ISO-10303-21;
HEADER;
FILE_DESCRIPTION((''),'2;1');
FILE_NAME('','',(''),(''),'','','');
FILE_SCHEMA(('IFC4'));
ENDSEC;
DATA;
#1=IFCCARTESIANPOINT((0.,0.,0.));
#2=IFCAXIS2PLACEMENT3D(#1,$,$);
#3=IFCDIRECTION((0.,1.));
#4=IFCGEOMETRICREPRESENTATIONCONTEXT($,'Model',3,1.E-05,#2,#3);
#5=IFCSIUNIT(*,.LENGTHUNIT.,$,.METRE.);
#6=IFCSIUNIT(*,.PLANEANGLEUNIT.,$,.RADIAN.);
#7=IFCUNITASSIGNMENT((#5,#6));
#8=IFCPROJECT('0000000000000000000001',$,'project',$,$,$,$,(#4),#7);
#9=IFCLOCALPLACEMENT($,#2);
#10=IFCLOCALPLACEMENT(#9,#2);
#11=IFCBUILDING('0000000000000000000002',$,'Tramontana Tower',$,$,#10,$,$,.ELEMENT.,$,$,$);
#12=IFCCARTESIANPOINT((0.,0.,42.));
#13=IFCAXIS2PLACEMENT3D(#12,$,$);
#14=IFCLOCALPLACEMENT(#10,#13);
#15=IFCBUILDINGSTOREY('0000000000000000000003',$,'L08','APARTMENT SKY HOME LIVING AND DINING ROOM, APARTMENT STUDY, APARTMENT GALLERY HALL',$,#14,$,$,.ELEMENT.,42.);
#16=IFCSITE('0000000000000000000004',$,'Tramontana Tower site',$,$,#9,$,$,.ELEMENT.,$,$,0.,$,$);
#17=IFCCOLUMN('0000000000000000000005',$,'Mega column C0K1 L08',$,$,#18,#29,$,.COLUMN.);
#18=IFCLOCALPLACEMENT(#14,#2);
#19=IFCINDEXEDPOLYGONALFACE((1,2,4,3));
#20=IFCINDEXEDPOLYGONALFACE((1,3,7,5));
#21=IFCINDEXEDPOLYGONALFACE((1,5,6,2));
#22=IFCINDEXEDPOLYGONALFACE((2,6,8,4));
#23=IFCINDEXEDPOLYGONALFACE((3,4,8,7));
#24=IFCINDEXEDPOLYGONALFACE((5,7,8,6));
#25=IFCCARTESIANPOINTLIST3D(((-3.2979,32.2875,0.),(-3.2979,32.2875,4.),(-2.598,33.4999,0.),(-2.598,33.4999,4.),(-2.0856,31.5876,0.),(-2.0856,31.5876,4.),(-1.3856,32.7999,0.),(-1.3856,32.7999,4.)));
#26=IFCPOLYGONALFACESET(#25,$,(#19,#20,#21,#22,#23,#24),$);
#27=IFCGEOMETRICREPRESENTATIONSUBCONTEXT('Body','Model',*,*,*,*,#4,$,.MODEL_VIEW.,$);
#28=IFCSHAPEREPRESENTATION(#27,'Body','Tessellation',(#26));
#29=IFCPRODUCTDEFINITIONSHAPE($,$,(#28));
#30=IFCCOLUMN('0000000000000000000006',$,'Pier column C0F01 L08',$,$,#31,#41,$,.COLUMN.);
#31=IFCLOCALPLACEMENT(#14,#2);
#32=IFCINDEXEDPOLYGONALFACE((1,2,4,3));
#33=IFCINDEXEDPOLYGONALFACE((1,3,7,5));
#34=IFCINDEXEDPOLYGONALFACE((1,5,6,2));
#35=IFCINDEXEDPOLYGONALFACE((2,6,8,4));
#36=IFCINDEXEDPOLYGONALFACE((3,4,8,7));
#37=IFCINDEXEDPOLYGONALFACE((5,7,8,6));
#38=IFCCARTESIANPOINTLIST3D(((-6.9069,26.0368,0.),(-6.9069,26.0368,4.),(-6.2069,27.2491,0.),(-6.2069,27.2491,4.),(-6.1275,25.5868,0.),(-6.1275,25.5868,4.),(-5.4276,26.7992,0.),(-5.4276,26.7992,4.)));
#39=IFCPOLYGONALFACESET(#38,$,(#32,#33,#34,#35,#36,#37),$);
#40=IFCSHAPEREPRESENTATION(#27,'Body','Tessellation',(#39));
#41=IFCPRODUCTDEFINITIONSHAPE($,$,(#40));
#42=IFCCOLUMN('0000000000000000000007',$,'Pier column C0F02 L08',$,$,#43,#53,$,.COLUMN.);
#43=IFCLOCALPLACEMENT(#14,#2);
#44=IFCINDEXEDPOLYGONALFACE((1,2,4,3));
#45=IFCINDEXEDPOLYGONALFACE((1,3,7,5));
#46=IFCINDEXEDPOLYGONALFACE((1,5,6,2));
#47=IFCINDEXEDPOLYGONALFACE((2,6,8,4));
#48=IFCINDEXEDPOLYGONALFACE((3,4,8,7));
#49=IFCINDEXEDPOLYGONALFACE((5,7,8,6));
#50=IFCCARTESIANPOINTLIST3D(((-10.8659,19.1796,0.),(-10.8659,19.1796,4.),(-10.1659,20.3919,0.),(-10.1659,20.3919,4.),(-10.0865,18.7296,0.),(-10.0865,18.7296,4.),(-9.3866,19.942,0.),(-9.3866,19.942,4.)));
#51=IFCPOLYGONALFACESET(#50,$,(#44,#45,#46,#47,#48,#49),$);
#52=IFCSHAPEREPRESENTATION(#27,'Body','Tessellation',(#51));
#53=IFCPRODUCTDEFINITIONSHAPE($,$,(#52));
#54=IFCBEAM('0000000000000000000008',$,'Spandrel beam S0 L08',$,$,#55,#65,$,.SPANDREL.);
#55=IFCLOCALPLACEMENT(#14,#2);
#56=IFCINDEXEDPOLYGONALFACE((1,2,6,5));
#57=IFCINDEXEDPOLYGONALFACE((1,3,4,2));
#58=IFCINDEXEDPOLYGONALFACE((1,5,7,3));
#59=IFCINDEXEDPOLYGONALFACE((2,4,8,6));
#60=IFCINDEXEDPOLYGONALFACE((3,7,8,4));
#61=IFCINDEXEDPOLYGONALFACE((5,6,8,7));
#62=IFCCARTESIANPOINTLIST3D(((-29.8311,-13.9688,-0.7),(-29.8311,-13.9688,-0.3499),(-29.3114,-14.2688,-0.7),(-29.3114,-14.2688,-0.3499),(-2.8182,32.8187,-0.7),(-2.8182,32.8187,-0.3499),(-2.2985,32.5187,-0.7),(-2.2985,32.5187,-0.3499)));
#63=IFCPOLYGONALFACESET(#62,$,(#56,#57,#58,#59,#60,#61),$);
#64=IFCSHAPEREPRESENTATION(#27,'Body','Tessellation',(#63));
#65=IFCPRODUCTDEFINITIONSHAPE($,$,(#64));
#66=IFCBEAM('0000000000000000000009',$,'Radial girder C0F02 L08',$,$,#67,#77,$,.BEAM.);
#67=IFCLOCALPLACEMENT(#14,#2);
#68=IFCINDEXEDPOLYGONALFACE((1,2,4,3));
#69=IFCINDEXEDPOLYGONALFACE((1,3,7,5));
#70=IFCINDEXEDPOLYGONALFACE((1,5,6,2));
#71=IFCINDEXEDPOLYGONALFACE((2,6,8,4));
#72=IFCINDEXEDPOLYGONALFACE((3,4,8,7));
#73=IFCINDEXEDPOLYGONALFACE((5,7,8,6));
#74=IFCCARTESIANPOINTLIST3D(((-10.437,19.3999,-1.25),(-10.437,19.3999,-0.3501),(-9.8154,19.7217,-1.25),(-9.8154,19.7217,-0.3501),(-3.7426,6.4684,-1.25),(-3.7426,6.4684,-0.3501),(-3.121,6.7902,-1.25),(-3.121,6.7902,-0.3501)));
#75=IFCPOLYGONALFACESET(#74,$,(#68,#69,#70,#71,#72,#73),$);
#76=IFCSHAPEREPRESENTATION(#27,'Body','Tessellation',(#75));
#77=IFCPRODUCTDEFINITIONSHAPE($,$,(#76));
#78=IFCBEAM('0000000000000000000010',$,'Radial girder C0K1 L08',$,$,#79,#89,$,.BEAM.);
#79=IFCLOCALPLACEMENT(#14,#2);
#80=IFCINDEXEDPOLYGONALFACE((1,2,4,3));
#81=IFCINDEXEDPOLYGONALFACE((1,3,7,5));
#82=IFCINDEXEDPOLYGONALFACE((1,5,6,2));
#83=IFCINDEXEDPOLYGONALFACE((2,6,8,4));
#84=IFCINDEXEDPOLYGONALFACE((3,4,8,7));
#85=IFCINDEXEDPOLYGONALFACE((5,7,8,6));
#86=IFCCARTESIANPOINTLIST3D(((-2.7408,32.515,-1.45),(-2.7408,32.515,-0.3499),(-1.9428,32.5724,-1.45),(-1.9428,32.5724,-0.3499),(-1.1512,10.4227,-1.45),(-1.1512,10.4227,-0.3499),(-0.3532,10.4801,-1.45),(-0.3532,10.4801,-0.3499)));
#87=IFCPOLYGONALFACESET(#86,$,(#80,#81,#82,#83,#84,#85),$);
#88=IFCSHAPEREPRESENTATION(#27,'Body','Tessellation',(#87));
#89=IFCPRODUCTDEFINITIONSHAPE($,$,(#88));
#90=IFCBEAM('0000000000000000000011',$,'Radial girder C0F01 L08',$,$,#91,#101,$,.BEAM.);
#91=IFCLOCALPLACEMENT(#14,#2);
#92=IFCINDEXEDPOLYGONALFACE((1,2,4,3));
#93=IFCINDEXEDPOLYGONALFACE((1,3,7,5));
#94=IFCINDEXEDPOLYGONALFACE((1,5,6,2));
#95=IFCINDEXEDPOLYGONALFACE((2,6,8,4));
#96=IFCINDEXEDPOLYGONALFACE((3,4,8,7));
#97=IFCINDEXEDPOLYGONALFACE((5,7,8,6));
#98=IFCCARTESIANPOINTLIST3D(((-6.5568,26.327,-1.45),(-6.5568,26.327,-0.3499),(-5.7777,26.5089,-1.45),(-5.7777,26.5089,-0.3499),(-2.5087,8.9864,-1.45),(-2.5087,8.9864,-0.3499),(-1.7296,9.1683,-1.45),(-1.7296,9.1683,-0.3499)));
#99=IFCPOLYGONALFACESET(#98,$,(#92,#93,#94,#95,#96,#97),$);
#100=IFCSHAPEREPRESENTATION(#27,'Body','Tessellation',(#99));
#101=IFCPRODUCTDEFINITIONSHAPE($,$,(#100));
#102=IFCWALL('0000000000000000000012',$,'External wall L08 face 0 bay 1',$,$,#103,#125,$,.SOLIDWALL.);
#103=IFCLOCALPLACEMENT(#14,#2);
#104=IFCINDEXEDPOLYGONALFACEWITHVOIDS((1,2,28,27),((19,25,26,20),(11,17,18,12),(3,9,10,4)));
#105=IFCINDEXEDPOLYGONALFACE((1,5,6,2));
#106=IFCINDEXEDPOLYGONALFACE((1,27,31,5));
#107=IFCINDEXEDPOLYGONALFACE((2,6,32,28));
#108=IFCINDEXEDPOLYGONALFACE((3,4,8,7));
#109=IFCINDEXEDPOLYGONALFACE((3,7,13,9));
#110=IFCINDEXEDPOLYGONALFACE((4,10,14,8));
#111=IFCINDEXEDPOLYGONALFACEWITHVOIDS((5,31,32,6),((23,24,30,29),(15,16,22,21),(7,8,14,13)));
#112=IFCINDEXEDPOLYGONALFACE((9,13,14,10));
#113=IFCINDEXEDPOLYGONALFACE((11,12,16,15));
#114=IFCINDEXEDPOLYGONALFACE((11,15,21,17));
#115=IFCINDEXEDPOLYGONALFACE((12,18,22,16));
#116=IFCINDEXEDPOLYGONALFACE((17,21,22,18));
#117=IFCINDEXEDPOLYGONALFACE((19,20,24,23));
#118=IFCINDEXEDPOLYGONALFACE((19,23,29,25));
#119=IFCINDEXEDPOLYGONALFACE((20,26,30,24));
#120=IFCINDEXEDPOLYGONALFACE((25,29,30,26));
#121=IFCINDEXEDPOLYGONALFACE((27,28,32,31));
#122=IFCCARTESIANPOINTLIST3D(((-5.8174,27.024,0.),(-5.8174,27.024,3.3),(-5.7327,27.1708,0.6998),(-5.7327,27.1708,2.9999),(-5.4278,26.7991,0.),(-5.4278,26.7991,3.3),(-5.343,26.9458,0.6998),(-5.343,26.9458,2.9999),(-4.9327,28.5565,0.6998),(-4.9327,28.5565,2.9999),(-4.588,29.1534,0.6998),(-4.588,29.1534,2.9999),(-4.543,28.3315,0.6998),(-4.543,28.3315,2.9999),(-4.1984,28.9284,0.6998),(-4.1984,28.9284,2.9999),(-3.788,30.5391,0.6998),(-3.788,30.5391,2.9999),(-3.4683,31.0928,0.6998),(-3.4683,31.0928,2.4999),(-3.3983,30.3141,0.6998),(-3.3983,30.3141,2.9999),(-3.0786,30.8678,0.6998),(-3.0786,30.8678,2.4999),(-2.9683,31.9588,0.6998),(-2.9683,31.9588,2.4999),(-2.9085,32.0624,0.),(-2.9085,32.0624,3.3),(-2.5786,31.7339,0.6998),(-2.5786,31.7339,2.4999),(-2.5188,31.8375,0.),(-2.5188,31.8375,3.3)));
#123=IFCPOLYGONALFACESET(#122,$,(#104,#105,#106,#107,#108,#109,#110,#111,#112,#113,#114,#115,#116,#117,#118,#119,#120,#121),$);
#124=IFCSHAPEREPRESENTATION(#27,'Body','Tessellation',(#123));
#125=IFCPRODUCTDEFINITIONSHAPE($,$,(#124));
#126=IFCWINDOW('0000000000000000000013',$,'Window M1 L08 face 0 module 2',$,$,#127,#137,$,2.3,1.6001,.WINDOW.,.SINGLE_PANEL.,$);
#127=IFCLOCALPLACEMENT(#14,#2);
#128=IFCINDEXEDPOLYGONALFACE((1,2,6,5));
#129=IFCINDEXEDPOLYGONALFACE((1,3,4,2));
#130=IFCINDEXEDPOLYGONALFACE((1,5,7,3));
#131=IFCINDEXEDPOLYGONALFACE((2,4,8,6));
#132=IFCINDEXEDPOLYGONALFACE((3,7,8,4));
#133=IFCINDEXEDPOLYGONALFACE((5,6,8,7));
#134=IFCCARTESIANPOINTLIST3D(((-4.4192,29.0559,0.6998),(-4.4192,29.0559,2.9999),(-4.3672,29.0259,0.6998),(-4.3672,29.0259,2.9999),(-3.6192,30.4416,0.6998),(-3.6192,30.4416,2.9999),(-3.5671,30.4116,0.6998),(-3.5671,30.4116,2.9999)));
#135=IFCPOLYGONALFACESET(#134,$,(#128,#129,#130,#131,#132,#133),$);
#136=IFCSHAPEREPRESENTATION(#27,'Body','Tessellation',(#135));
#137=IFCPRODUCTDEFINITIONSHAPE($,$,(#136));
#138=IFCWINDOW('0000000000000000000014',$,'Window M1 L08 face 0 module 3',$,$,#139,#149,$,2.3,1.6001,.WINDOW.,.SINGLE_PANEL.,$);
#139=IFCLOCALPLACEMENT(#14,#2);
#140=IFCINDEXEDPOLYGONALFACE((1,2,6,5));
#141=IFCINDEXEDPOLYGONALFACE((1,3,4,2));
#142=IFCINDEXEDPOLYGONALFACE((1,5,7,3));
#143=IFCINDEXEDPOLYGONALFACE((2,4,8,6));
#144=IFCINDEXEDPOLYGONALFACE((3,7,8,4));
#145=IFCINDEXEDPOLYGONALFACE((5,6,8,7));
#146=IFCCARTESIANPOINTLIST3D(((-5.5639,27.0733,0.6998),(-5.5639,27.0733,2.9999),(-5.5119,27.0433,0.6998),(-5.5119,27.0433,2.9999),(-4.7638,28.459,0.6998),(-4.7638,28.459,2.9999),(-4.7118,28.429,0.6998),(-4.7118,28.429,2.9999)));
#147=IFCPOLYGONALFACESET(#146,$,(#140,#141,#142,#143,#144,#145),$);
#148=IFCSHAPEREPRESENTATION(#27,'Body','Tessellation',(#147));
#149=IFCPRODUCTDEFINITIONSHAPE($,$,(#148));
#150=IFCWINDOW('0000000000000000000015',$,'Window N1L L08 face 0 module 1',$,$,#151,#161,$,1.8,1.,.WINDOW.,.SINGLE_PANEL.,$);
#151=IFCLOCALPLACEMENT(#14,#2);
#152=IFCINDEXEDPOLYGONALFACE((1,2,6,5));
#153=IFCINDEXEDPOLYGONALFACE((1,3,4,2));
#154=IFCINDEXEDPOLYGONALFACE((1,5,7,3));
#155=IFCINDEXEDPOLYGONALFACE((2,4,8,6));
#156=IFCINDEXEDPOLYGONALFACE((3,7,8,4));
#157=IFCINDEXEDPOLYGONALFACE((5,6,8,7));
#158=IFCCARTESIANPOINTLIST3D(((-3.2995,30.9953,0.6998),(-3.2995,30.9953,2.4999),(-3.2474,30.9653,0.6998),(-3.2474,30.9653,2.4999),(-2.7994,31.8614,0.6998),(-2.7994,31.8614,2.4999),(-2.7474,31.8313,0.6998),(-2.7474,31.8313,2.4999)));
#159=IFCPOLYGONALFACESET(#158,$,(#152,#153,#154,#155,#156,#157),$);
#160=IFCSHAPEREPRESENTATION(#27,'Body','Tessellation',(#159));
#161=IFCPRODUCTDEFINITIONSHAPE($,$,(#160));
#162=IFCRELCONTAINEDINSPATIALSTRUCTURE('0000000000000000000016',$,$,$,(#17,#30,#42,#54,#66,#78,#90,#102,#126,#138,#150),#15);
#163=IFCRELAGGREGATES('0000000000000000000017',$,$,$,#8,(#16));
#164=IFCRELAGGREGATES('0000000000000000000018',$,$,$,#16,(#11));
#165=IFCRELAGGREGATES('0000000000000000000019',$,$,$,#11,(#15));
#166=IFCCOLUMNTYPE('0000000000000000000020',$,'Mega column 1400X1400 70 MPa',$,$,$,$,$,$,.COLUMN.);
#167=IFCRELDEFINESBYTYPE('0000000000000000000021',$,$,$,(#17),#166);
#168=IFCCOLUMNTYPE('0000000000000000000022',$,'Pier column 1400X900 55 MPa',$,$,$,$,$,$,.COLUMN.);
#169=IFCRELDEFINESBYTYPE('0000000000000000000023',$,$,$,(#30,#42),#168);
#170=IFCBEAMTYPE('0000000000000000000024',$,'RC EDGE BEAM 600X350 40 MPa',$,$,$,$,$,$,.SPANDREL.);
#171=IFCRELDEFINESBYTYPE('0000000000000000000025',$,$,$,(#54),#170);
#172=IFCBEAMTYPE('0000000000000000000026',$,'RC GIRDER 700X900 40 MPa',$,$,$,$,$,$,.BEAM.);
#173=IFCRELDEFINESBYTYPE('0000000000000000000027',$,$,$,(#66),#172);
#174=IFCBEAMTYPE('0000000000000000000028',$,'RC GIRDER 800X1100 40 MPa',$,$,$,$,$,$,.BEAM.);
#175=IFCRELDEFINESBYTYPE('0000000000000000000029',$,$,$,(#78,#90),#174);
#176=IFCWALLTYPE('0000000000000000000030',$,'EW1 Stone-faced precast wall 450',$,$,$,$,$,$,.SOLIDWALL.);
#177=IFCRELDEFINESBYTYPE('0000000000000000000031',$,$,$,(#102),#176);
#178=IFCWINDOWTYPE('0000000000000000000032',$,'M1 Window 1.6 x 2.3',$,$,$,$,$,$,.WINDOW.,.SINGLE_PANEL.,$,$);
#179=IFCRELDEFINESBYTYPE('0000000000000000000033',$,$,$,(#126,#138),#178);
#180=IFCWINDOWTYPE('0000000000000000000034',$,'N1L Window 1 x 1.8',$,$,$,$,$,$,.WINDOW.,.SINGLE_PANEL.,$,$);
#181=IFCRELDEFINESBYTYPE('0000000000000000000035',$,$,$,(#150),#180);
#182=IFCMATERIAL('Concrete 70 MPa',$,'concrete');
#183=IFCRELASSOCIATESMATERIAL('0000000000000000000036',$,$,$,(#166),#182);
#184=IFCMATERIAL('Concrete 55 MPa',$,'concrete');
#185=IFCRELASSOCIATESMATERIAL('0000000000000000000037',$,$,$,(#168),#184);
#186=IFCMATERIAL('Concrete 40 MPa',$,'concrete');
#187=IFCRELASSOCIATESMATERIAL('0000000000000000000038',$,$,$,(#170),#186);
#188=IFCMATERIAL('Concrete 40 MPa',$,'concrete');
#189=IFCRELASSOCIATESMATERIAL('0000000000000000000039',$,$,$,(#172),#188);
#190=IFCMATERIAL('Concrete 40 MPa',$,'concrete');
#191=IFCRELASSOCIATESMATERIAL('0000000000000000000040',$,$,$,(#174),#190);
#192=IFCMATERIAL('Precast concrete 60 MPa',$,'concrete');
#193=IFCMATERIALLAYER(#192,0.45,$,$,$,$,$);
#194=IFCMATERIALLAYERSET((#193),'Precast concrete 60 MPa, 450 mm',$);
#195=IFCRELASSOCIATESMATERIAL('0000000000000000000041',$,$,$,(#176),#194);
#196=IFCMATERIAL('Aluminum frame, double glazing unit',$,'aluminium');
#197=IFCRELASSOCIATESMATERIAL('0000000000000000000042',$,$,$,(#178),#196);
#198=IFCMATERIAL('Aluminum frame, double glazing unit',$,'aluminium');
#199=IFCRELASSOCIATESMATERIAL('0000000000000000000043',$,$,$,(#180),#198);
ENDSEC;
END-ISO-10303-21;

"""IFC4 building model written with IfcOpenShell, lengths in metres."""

from ifc_helpers import new_model, si_unit, direction, frame, frame_2d, origin, origin_2d, place, context, subcontext, project, spatial, rectangle, extrude, material, layer, layer_set, material_profile, profile_set, type_object, element, fill, save


model = new_model("IFC4")

# Units and contexts
model_context = context("Model", 3, precision=1e-05, world=origin(), true_north=direction((0.0, 1.0)))
body_context = subcontext(model_context, "Body", "Model", "MODEL_VIEW")
ifc_project = project(units=[si_unit("LENGTHUNIT", "METRE"), si_unit("PLANEANGLEUNIT", "RADIAN")], contexts=[model_context])

# Site, building, storey
site_placement = place(None, origin())
site = spatial("IfcSite", under=ifc_project, at=site_placement, Name="Tramontana Tower site", CompositionType="ELEMENT", RefElevation=0.0)
building_placement = place(site_placement, origin())
building = spatial("IfcBuilding", under=site, at=building_placement, Name="Tramontana Tower", CompositionType="ELEMENT")
storey_placement = place(building_placement, frame((0.0, 0.0, 42.0)))
storey = spatial("IfcBuildingStorey", under=building, at=storey_placement, Name="L08", Description="APARTMENT SKY HOME LIVING AND DINING ROOM, APARTMENT STUDY, APARTMENT GALLERY HALL", CompositionType="ELEMENT", Elevation=42.0)

# Columns
ifc_material_1 = material(Name="Concrete 70 MPa", Category="concrete")
ifc_material_profile_1 = material_profile(ifc_material_1, rectangle(XDim=1.3999, YDim=1.3999, at=origin_2d()), Name="Mega column 1400X1400 70 MPa")
ifc_profile_set_1 = profile_set([ifc_material_profile_1], Name="Concrete 70 MPa")
column_type_1 = type_object("IfcColumnType", Name="Mega column 1400X1400 70 MPa", PredefinedType="COLUMN", material=ifc_profile_set_1)
column_placement = place(storey_placement, frame((-2.3418, 32.5437, 0.0), z_axis=(0.0, 0.0, 1.0), x_axis=(-0.5, -0.866025, 0.0)))
element("IfcColumn", 1, at=column_placement, inside=storey, type_object=column_type_1, Name="Mega column C0K1 L08", PredefinedType="COLUMN", context=body_context, shape_type="SweptSolid", body=[
    extrude(rectangle(XDim=1.3999, YDim=1.3999, at=origin_2d()), origin(), (0.0, 0.0, 1.0), 4.0),
])
ifc_material_2 = material(Name="Concrete 55 MPa", Category="concrete")
ifc_material_profile_2 = material_profile(ifc_material_2, rectangle(XDim=1.3999, YDim=0.8999, at=origin_2d()), Name="Pier column 1400X900 55 MPa")
ifc_profile_set_2 = profile_set([ifc_material_profile_2], Name="Concrete 55 MPa")
column_type_2 = type_object("IfcColumnType", Name="Pier column 1400X900 55 MPa", PredefinedType="COLUMN", material=ifc_profile_set_2)
for number, where, z_axis, x_axis, name in (
    (2, (-6.1672, 26.418, 0.0), (0.0, 0.0, 1.0), (-0.5, -0.866025, 0.0), "Pier column C0F01 L08"),
    (3, (-10.1262, 19.5608, 0.0), (0.0, 0.0, 1.0), (-0.5, -0.866025, 0.0), "Pier column C0F02 L08"),
):
    element("IfcColumn", number, at=place(storey_placement, frame(where, z_axis=z_axis, x_axis=x_axis)), inside=storey, type_object=column_type_2, Name=name, PredefinedType="COLUMN", context=body_context, shape_type="SweptSolid", body=[
        extrude(rectangle(XDim=1.3999, YDim=0.8999, at=origin_2d()), origin(), (0.0, 0.0, 1.0), 4.0),
    ])

# Beams
ifc_material_3 = material(Name="Concrete 40 MPa", Category="concrete")
ifc_material_profile_3 = material_profile(ifc_material_3, rectangle(XDim=0.6001, YDim=0.3501, at=origin_2d()), Name="RC EDGE BEAM 600X350 40 MPa")
ifc_profile_set_3 = profile_set([ifc_material_profile_3], Name="Concrete 40 MPa")
beam_type_1 = type_object("IfcBeamType", Name="RC EDGE BEAM 600X350 40 MPa", PredefinedType="SPANDREL", material=ifc_profile_set_3)
beam_1_placement = place(storey_placement, frame((-2.5583, 32.6687, -0.5249), z_axis=(-0.500001, -0.866025, 0.0), x_axis=(0.866025, -0.500001, 0.0)))
element("IfcBeam", 4, at=beam_1_placement, inside=storey, type_object=beam_type_1, Name="Spandrel beam S0 L08", PredefinedType="SPANDREL", context=body_context, shape_type="SweptSolid", body=[
    extrude(rectangle(XDim=0.6001, YDim=0.3501, at=origin_2d()), origin(), (0.0, 0.0, 1.0), 54.0256),
])
ifc_material_4 = material(Name="Concrete 40 MPa", Category="concrete")
ifc_material_profile_4 = material_profile(ifc_material_4, rectangle(XDim=0.7, YDim=0.8999, at=origin_2d()), Name="RC GIRDER 700X900 40 MPa")
ifc_profile_set_4 = profile_set([ifc_material_profile_4], Name="Concrete 40 MPa")
beam_type_2 = type_object("IfcBeamType", Name="RC GIRDER 700X900 40 MPa", PredefinedType="BEAM", material=ifc_profile_set_4)
beam_2_placement = place(storey_placement, frame((-10.1262, 19.5608, -0.8), z_axis=(0.459731, -0.888058, 0.0), x_axis=(0.888058, 0.459731, 0.0)))
element("IfcBeam", 5, at=beam_2_placement, inside=storey, type_object=beam_type_2, Name="Radial girder C0F02 L08", PredefinedType="BEAM", context=body_context, shape_type="SweptSolid", body=[
    extrude(rectangle(XDim=0.7, YDim=0.8999, at=origin_2d()), origin(), (0.0, 0.0, 1.0), 14.5615),
])
ifc_material_5 = material(Name="Concrete 40 MPa", Category="concrete")
ifc_material_profile_5 = material_profile(ifc_material_5, rectangle(XDim=0.8, YDim=1.1001, at=origin_2d()), Name="RC GIRDER 800X1100 40 MPa")
ifc_profile_set_5 = profile_set([ifc_material_profile_5], Name="Concrete 40 MPa")
beam_type_3 = type_object("IfcBeamType", Name="RC GIRDER 800X1100 40 MPa", PredefinedType="BEAM", material=ifc_profile_set_5)
beam_3_placement = place(storey_placement, frame((-2.3418, 32.5437, -0.8999), z_axis=(0.071767, -0.997421, 0.0), x_axis=(0.997421, 0.071767, 0.0)))
element("IfcBeam", 6, at=beam_3_placement, inside=storey, type_object=beam_type_3, Name="Radial girder C0K1 L08", PredefinedType="BEAM", context=body_context, shape_type="SweptSolid", body=[
    extrude(rectangle(XDim=0.8, YDim=1.1001, at=origin_2d()), origin(), (0.0, 0.0, 1.0), 22.1494),
])
beam_4_placement = place(storey_placement, frame((-6.1672, 26.418, -0.8999), z_axis=(0.227334, -0.973817, 0.0), x_axis=(0.973817, 0.227334, 0.0)))
element("IfcBeam", 7, at=beam_4_placement, inside=storey, type_object=beam_type_3, Name="Radial girder C0F01 L08", PredefinedType="BEAM", context=body_context, shape_type="SweptSolid", body=[
    extrude(rectangle(XDim=0.8, YDim=1.1001, at=origin_2d()), origin(), (0.0, 0.0, 1.0), 17.8069),
])

# Wall, openings, windows
ifc_material_6 = material(Name="Precast concrete 60 MPa", Category="concrete")
ifc_layer_1 = layer(ifc_material_6, 0.45)
ifc_layer_set_1 = layer_set([ifc_layer_1], Name="Precast concrete 60 MPa, 450 mm")
wall_type_1 = type_object("IfcWallType", Name="EW1 Stone-faced precast wall 450", PredefinedType="SOLIDWALL", material=ifc_layer_set_1)
wall_1_placement = place(storey_placement, frame((-2.7136, 31.95, 0.0), z_axis=(0.0, 0.0, 1.0), x_axis=(-0.500007, -0.866021, 0.0)))
wall_1 = element("IfcWall", 8, at=wall_1_placement, inside=storey, type_object=wall_type_1, Name="External wall L08 face 0 bay 1", PredefinedType="SOLIDWALL", context=body_context, shape_type="SweptSolid", body=[
    extrude(rectangle(XDim=5.8179, YDim=0.45, at=frame_2d((2.9089, 0.0))), origin(), (0.0, 0.0, 1.0), 3.3),
])
opening_1_placement = place(wall_1_placement, frame((0.1196, 0.0, 0.7)))
opening_1 = element("IfcOpeningElement", 9, at=opening_1_placement, cuts=wall_1, PredefinedType="OPENING", context=body_context, shape_type="SweptSolid", body=[
    extrude(rectangle(XDim=1.0, YDim=1.8, at=frame_2d((0.5, 0.8999))), frame((0.0, 0.2349, 0.0), z_axis=(0.0, -1.0, 0.0), x_axis=(1.0, 0.0, 0.0)), (0.0, 0.0, 1.0), 0.47),
])
opening_2_placement = place(wall_1_placement, frame((1.759, 0.0, 0.7)))
opening_2 = element("IfcOpeningElement", 10, at=opening_2_placement, cuts=wall_1, PredefinedType="OPENING", context=body_context, shape_type="SweptSolid", body=[
    extrude(rectangle(XDim=1.6001, YDim=2.3, at=frame_2d((0.8, 1.1499))), frame((0.0, 0.2349, 0.0), z_axis=(0.0, -1.0, 0.0), x_axis=(1.0, 0.0, 0.0)), (0.0, 0.0, 1.0), 0.47),
])
opening_3_placement = place(wall_1_placement, frame((4.0483, 0.0, 0.7)))
opening_3 = element("IfcOpeningElement", 11, at=opening_3_placement, cuts=wall_1, PredefinedType="OPENING", context=body_context, shape_type="SweptSolid", body=[
    extrude(rectangle(XDim=1.6001, YDim=2.3, at=frame_2d((0.8, 1.1499))), frame((0.0, 0.2349, 0.0), z_axis=(0.0, -1.0, 0.0), x_axis=(1.0, 0.0, 0.0)), (0.0, 0.0, 1.0), 0.47),
])
ifc_material_7 = material(Name="Aluminum frame, double glazing unit", Category="aluminium")
window_type_1 = type_object("IfcWindowType", Name="M1 Window 1.6 x 2.3", PartitioningType="SINGLE_PANEL", PredefinedType="WINDOW", material=ifc_material_7)
window_1_placement = place(opening_2_placement, origin())
window_1 = element("IfcWindow", 12, at=window_1_placement, inside=storey, type_object=window_type_1, Name="Window M1 L08 face 0 module 2", OverallHeight=2.3, OverallWidth=1.6001, PartitioningType="SINGLE_PANEL", PredefinedType="WINDOW", context=body_context, shape_type="SweptSolid", body=[
    extrude(rectangle(XDim=1.6001, YDim=2.3, at=frame_2d((0.8, 1.1499))), frame((0.0, 0.03, 0.0), z_axis=(0.0, -1.0, 0.0), x_axis=(1.0, 0.0, 0.0)), (0.0, 0.0, 1.0), 0.0601),
])
fill(opening_2, window_1)
window_2_placement = place(opening_3_placement, origin())
window_2 = element("IfcWindow", 13, at=window_2_placement, inside=storey, type_object=window_type_1, Name="Window M1 L08 face 0 module 3", OverallHeight=2.3, OverallWidth=1.6001, PartitioningType="SINGLE_PANEL", PredefinedType="WINDOW", context=body_context, shape_type="SweptSolid", body=[
    extrude(rectangle(XDim=1.6001, YDim=2.3, at=frame_2d((0.8, 1.1499))), frame((0.0, 0.03, 0.0), z_axis=(0.0, -1.0, 0.0), x_axis=(1.0, 0.0, 0.0)), (0.0, 0.0, 1.0), 0.0601),
])
fill(opening_3, window_2)
ifc_material_8 = material(Name="Aluminum frame, double glazing unit", Category="aluminium")
window_type_2 = type_object("IfcWindowType", Name="N1L Window 1 x 1.8", PartitioningType="SINGLE_PANEL", PredefinedType="WINDOW", material=ifc_material_8)
window_3_placement = place(opening_1_placement, origin())
window_3 = element("IfcWindow", 14, at=window_3_placement, inside=storey, type_object=window_type_2, Name="Window N1L L08 face 0 module 1", OverallHeight=1.8, OverallWidth=1.0, PartitioningType="SINGLE_PANEL", PredefinedType="WINDOW", context=body_context, shape_type="SweptSolid", body=[
    extrude(rectangle(XDim=1.0, YDim=1.8, at=frame_2d((0.5, 0.8999))), frame((0.0, 0.03, 0.0), z_axis=(0.0, -1.0, 0.0), x_axis=(1.0, 0.0, 0.0)), (0.0, 0.0, 1.0), 0.0601),
])
fill(opening_1, window_3)

save(model, "model.ifc")
